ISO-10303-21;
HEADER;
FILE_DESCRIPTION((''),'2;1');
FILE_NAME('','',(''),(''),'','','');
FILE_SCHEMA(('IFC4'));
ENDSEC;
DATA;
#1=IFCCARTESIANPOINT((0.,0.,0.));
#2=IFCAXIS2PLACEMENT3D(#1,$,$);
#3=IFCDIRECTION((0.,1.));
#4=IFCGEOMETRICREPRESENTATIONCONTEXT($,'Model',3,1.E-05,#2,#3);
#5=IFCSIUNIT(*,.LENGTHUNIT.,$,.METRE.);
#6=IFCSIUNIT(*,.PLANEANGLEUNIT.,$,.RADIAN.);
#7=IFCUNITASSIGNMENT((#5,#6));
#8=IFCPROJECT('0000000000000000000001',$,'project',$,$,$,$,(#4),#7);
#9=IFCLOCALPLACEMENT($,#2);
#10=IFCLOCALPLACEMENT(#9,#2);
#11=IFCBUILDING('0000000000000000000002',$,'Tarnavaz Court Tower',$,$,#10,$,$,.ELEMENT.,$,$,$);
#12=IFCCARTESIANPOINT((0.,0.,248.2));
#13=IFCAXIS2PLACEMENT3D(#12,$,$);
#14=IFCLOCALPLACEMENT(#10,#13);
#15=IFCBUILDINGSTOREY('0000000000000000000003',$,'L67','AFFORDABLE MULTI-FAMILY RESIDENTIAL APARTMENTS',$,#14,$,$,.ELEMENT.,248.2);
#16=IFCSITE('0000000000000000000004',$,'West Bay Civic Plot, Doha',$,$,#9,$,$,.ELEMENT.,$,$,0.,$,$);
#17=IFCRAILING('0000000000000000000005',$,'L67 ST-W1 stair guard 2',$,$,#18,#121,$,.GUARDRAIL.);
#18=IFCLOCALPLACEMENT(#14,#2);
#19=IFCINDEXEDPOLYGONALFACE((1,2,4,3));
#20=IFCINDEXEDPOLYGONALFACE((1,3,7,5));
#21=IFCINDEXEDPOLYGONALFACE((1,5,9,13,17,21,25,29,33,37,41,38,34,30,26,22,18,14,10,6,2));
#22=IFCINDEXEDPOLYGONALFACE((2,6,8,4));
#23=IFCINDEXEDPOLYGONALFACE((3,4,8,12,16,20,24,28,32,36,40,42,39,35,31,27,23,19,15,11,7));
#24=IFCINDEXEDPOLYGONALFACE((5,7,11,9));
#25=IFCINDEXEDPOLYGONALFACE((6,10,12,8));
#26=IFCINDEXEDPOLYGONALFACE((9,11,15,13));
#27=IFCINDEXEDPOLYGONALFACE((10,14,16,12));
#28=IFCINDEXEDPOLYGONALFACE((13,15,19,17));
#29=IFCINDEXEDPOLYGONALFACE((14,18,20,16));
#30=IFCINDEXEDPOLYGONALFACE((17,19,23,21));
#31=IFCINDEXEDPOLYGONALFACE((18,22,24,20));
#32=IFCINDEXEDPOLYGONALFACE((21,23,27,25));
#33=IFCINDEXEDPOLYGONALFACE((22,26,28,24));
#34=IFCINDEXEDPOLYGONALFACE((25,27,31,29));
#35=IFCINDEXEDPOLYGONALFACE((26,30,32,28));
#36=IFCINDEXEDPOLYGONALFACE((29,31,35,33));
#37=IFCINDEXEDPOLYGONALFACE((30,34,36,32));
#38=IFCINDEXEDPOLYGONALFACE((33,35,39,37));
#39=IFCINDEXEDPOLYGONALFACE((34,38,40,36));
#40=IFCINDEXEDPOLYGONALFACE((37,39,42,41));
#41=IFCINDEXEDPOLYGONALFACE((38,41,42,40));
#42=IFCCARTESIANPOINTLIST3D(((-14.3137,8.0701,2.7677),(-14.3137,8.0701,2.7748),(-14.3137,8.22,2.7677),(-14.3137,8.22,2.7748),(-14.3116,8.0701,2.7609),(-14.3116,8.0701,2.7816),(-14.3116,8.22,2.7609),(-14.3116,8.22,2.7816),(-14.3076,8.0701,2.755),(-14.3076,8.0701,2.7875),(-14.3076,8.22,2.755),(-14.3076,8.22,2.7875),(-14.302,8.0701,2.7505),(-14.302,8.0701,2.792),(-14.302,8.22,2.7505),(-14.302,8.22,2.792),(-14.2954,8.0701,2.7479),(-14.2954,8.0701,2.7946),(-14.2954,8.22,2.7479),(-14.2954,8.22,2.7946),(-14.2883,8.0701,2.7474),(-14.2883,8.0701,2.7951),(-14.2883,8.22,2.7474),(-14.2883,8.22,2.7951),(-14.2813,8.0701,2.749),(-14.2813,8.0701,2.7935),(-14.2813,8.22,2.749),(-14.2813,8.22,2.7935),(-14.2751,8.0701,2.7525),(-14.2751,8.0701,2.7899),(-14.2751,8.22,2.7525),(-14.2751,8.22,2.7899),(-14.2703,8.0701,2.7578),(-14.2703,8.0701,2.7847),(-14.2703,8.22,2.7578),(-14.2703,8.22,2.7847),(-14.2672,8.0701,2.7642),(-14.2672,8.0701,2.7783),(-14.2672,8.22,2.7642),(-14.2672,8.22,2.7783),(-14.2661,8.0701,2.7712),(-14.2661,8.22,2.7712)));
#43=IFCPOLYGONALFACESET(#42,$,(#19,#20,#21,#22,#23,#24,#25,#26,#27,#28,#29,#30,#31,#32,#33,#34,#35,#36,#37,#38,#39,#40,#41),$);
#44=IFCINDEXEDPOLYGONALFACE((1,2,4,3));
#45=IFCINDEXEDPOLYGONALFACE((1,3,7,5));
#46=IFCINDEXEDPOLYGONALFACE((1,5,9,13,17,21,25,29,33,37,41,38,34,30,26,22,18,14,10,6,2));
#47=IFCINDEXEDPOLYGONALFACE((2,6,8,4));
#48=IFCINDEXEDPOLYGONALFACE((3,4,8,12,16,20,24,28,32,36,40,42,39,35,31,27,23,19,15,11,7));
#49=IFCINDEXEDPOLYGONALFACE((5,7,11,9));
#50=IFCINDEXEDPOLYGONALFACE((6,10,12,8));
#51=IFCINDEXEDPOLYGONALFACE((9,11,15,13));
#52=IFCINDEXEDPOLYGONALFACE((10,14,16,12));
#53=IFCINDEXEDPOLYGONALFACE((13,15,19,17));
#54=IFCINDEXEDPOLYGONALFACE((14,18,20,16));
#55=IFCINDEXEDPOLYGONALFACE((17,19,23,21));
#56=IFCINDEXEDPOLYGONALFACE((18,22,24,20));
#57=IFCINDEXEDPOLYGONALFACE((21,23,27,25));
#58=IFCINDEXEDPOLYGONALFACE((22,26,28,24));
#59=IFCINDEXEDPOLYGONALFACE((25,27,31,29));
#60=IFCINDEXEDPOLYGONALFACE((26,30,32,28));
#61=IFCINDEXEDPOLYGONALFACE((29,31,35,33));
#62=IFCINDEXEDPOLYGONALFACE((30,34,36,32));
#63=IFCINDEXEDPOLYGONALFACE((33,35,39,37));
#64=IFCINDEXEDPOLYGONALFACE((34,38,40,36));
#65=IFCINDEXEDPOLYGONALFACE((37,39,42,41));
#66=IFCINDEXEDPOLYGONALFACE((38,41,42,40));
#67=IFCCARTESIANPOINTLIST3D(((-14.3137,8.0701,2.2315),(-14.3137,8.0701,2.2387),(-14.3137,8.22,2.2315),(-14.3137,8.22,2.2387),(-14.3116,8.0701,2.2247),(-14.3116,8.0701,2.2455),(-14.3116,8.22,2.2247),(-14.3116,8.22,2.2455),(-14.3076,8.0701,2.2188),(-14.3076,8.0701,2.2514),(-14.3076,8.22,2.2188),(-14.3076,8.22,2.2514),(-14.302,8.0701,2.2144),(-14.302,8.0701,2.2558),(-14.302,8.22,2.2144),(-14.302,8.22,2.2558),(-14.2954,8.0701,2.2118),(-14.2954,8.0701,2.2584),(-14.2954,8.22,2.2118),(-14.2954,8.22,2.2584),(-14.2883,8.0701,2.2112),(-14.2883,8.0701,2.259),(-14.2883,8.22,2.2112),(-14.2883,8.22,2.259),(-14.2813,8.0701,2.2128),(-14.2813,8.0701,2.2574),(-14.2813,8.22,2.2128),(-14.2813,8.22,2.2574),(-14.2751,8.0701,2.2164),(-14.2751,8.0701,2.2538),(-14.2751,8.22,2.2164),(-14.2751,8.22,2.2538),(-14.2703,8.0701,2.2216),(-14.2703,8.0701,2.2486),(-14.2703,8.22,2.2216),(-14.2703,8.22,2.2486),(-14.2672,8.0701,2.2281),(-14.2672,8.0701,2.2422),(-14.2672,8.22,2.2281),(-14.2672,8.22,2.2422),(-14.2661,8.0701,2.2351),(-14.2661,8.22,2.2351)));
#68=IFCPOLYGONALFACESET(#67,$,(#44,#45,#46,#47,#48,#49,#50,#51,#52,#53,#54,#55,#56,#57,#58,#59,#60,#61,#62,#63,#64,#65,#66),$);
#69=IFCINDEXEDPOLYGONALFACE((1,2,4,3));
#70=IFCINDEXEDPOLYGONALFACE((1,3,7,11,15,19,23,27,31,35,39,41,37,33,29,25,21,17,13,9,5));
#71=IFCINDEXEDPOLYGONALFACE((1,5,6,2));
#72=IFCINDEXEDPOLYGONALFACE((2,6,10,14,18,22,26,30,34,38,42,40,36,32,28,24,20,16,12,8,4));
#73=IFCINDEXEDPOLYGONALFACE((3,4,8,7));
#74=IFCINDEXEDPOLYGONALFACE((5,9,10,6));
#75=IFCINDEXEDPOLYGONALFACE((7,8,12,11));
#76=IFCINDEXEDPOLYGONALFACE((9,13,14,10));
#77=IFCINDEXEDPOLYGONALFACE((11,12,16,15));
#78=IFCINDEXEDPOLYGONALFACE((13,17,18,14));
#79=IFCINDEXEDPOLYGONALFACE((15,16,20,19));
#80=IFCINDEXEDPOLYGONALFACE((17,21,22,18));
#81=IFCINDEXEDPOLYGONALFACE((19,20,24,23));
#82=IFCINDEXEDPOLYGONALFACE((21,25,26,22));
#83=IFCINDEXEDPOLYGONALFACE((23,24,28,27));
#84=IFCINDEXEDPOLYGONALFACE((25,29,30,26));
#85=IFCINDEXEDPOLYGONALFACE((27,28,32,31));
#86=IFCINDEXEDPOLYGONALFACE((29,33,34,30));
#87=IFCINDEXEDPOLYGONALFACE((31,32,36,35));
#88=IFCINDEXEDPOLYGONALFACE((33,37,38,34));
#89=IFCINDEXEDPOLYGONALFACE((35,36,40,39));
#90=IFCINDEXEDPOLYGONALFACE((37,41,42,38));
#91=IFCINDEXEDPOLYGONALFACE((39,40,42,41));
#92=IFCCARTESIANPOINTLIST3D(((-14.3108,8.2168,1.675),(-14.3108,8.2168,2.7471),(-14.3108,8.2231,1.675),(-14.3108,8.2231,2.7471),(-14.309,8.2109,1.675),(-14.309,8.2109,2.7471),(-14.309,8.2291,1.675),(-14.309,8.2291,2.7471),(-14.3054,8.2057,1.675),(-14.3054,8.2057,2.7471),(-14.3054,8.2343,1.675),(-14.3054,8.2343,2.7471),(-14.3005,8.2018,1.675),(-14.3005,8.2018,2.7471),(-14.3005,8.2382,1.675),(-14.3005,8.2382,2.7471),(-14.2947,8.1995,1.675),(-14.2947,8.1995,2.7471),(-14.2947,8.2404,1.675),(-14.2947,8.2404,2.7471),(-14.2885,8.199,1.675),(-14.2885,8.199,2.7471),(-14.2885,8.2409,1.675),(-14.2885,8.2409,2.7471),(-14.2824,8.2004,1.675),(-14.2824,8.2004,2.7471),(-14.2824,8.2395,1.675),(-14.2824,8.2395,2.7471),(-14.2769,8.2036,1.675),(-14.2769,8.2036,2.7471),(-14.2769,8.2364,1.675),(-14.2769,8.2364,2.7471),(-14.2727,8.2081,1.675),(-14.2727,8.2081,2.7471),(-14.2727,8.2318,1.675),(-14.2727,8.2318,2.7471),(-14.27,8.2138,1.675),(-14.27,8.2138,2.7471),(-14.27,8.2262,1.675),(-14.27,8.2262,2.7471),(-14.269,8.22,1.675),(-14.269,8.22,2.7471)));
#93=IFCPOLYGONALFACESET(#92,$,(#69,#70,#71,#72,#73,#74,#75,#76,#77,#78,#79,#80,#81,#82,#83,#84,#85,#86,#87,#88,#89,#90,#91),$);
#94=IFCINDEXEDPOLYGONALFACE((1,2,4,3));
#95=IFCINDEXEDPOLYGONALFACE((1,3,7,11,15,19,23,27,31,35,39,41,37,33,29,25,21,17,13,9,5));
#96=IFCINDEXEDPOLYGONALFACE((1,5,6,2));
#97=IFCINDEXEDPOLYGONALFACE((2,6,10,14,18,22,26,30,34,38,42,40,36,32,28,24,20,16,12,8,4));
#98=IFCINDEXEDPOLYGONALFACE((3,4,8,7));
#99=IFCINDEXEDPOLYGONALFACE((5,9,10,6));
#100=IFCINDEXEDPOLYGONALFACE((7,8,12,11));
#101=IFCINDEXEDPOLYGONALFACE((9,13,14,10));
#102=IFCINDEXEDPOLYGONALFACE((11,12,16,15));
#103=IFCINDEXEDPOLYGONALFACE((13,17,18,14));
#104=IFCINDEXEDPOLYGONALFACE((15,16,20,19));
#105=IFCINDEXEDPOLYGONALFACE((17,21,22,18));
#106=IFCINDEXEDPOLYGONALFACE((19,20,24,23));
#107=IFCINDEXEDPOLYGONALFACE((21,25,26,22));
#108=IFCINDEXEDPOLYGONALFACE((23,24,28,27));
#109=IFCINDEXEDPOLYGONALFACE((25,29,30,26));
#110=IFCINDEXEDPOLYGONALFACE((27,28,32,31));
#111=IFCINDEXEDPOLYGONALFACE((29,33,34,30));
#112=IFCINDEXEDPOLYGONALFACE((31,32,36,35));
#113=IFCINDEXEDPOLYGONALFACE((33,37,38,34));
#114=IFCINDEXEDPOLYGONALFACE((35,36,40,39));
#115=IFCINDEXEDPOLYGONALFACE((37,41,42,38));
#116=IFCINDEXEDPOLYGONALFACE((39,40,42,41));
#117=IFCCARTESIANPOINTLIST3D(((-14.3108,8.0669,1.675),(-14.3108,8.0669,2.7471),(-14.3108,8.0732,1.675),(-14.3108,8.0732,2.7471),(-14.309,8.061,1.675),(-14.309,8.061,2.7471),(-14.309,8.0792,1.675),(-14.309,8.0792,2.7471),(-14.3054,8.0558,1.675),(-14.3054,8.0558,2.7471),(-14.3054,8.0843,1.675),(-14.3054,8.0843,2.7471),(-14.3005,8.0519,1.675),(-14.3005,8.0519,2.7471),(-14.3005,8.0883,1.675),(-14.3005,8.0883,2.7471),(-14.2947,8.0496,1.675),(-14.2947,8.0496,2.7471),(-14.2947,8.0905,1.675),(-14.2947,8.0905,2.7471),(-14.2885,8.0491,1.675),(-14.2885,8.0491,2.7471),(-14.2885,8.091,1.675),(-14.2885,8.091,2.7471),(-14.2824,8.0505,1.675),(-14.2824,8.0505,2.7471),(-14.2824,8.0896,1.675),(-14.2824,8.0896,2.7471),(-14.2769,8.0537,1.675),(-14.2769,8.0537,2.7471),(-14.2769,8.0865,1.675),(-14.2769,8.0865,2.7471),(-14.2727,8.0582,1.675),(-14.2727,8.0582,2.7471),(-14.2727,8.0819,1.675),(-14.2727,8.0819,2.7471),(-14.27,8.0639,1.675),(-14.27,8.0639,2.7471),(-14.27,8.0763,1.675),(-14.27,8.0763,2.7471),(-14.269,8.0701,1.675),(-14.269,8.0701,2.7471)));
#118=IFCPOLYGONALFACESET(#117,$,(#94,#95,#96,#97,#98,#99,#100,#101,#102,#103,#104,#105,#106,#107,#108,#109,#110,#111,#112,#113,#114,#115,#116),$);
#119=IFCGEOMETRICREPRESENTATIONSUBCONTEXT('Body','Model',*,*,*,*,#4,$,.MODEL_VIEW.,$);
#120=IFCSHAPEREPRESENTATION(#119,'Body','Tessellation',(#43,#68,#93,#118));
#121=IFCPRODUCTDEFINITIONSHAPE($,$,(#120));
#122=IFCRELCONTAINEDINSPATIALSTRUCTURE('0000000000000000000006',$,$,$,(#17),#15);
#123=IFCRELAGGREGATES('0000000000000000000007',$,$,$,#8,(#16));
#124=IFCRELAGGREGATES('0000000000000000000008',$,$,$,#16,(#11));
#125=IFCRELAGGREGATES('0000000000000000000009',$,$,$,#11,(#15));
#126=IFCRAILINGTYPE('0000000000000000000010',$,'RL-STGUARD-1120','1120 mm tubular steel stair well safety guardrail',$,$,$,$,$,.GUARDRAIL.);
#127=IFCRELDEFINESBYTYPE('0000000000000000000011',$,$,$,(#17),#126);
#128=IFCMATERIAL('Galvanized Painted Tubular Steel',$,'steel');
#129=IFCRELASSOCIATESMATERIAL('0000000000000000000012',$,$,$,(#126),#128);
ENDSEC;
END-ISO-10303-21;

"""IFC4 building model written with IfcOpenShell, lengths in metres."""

from ifc_helpers import new_model, si_unit, direction, frame, origin, origin_2d, place, context, subcontext, project, spatial, circle, extrude, material, type_object, element, save


model = new_model("IFC4")

# Units and contexts
model_context = context("Model", 3, precision=1e-05, world=origin(), true_north=direction((0.0, 1.0)))
body_context = subcontext(model_context, "Body", "Model", "MODEL_VIEW")
ifc_project = project(units=[si_unit("LENGTHUNIT", "METRE"), si_unit("PLANEANGLEUNIT", "RADIAN")], contexts=[model_context])

# Site, building, storey
site_placement = place(None, origin())
site = spatial("IfcSite", under=ifc_project, at=site_placement, Name="West Bay Civic Plot, Doha", CompositionType="ELEMENT", RefElevation=0.0)
building_placement = place(site_placement, origin())
building = spatial("IfcBuilding", under=site, at=building_placement, Name="Tarnavaz Court Tower", CompositionType="ELEMENT")
storey_placement = place(building_placement, frame((0.0, 0.0, 248.2)))
storey = spatial("IfcBuildingStorey", under=building, at=storey_placement, Name="L67", Description="AFFORDABLE MULTI-FAMILY RESIDENTIAL APARTMENTS", CompositionType="ELEMENT", Elevation=248.2)

# Railing
ifc_material_1 = material(Name="Galvanized Painted Tubular Steel", Category="steel")
railing_type_1 = type_object("IfcRailingType", Name="RL-STGUARD-1120", Description="1120 mm tubular steel stair well safety guardrail", PredefinedType="GUARDRAIL", material=ifc_material_1)
railing_1_placement = place(storey_placement, frame((-14.29, 8.22, 1.675)))
element("IfcRailing", 1, at=railing_1_placement, inside=storey, type_object=railing_type_1, Name="L67 ST-W1 stair guard 2", PredefinedType="GUARDRAIL", context=body_context, shape_type="SweptSolid", body=[
    extrude(circle(Radius=0.0239, at=origin_2d()), frame((0.0, 0.0, 1.0962), z_axis=(0.0, -1.0, 0.0), x_axis=(1.0, 0.0, 0.0)), (0.0, 0.0, 1.0), 0.1499),
    extrude(circle(Radius=0.0239, at=origin_2d()), frame((0.0, 0.0, 0.5601), z_axis=(0.0, -1.0, 0.0), x_axis=(1.0, 0.0, 0.0)), (0.0, 0.0, 1.0), 0.1499),
    extrude(circle(Radius=0.021, at=origin_2d()), origin(), (0.0, 0.0, 1.0), 1.072),
    extrude(circle(Radius=0.021, at=origin_2d()), frame((0.0, -0.1499, 0.0)), (0.0, 0.0, 1.0), 1.072),
])

save(model, "model.ifc")
